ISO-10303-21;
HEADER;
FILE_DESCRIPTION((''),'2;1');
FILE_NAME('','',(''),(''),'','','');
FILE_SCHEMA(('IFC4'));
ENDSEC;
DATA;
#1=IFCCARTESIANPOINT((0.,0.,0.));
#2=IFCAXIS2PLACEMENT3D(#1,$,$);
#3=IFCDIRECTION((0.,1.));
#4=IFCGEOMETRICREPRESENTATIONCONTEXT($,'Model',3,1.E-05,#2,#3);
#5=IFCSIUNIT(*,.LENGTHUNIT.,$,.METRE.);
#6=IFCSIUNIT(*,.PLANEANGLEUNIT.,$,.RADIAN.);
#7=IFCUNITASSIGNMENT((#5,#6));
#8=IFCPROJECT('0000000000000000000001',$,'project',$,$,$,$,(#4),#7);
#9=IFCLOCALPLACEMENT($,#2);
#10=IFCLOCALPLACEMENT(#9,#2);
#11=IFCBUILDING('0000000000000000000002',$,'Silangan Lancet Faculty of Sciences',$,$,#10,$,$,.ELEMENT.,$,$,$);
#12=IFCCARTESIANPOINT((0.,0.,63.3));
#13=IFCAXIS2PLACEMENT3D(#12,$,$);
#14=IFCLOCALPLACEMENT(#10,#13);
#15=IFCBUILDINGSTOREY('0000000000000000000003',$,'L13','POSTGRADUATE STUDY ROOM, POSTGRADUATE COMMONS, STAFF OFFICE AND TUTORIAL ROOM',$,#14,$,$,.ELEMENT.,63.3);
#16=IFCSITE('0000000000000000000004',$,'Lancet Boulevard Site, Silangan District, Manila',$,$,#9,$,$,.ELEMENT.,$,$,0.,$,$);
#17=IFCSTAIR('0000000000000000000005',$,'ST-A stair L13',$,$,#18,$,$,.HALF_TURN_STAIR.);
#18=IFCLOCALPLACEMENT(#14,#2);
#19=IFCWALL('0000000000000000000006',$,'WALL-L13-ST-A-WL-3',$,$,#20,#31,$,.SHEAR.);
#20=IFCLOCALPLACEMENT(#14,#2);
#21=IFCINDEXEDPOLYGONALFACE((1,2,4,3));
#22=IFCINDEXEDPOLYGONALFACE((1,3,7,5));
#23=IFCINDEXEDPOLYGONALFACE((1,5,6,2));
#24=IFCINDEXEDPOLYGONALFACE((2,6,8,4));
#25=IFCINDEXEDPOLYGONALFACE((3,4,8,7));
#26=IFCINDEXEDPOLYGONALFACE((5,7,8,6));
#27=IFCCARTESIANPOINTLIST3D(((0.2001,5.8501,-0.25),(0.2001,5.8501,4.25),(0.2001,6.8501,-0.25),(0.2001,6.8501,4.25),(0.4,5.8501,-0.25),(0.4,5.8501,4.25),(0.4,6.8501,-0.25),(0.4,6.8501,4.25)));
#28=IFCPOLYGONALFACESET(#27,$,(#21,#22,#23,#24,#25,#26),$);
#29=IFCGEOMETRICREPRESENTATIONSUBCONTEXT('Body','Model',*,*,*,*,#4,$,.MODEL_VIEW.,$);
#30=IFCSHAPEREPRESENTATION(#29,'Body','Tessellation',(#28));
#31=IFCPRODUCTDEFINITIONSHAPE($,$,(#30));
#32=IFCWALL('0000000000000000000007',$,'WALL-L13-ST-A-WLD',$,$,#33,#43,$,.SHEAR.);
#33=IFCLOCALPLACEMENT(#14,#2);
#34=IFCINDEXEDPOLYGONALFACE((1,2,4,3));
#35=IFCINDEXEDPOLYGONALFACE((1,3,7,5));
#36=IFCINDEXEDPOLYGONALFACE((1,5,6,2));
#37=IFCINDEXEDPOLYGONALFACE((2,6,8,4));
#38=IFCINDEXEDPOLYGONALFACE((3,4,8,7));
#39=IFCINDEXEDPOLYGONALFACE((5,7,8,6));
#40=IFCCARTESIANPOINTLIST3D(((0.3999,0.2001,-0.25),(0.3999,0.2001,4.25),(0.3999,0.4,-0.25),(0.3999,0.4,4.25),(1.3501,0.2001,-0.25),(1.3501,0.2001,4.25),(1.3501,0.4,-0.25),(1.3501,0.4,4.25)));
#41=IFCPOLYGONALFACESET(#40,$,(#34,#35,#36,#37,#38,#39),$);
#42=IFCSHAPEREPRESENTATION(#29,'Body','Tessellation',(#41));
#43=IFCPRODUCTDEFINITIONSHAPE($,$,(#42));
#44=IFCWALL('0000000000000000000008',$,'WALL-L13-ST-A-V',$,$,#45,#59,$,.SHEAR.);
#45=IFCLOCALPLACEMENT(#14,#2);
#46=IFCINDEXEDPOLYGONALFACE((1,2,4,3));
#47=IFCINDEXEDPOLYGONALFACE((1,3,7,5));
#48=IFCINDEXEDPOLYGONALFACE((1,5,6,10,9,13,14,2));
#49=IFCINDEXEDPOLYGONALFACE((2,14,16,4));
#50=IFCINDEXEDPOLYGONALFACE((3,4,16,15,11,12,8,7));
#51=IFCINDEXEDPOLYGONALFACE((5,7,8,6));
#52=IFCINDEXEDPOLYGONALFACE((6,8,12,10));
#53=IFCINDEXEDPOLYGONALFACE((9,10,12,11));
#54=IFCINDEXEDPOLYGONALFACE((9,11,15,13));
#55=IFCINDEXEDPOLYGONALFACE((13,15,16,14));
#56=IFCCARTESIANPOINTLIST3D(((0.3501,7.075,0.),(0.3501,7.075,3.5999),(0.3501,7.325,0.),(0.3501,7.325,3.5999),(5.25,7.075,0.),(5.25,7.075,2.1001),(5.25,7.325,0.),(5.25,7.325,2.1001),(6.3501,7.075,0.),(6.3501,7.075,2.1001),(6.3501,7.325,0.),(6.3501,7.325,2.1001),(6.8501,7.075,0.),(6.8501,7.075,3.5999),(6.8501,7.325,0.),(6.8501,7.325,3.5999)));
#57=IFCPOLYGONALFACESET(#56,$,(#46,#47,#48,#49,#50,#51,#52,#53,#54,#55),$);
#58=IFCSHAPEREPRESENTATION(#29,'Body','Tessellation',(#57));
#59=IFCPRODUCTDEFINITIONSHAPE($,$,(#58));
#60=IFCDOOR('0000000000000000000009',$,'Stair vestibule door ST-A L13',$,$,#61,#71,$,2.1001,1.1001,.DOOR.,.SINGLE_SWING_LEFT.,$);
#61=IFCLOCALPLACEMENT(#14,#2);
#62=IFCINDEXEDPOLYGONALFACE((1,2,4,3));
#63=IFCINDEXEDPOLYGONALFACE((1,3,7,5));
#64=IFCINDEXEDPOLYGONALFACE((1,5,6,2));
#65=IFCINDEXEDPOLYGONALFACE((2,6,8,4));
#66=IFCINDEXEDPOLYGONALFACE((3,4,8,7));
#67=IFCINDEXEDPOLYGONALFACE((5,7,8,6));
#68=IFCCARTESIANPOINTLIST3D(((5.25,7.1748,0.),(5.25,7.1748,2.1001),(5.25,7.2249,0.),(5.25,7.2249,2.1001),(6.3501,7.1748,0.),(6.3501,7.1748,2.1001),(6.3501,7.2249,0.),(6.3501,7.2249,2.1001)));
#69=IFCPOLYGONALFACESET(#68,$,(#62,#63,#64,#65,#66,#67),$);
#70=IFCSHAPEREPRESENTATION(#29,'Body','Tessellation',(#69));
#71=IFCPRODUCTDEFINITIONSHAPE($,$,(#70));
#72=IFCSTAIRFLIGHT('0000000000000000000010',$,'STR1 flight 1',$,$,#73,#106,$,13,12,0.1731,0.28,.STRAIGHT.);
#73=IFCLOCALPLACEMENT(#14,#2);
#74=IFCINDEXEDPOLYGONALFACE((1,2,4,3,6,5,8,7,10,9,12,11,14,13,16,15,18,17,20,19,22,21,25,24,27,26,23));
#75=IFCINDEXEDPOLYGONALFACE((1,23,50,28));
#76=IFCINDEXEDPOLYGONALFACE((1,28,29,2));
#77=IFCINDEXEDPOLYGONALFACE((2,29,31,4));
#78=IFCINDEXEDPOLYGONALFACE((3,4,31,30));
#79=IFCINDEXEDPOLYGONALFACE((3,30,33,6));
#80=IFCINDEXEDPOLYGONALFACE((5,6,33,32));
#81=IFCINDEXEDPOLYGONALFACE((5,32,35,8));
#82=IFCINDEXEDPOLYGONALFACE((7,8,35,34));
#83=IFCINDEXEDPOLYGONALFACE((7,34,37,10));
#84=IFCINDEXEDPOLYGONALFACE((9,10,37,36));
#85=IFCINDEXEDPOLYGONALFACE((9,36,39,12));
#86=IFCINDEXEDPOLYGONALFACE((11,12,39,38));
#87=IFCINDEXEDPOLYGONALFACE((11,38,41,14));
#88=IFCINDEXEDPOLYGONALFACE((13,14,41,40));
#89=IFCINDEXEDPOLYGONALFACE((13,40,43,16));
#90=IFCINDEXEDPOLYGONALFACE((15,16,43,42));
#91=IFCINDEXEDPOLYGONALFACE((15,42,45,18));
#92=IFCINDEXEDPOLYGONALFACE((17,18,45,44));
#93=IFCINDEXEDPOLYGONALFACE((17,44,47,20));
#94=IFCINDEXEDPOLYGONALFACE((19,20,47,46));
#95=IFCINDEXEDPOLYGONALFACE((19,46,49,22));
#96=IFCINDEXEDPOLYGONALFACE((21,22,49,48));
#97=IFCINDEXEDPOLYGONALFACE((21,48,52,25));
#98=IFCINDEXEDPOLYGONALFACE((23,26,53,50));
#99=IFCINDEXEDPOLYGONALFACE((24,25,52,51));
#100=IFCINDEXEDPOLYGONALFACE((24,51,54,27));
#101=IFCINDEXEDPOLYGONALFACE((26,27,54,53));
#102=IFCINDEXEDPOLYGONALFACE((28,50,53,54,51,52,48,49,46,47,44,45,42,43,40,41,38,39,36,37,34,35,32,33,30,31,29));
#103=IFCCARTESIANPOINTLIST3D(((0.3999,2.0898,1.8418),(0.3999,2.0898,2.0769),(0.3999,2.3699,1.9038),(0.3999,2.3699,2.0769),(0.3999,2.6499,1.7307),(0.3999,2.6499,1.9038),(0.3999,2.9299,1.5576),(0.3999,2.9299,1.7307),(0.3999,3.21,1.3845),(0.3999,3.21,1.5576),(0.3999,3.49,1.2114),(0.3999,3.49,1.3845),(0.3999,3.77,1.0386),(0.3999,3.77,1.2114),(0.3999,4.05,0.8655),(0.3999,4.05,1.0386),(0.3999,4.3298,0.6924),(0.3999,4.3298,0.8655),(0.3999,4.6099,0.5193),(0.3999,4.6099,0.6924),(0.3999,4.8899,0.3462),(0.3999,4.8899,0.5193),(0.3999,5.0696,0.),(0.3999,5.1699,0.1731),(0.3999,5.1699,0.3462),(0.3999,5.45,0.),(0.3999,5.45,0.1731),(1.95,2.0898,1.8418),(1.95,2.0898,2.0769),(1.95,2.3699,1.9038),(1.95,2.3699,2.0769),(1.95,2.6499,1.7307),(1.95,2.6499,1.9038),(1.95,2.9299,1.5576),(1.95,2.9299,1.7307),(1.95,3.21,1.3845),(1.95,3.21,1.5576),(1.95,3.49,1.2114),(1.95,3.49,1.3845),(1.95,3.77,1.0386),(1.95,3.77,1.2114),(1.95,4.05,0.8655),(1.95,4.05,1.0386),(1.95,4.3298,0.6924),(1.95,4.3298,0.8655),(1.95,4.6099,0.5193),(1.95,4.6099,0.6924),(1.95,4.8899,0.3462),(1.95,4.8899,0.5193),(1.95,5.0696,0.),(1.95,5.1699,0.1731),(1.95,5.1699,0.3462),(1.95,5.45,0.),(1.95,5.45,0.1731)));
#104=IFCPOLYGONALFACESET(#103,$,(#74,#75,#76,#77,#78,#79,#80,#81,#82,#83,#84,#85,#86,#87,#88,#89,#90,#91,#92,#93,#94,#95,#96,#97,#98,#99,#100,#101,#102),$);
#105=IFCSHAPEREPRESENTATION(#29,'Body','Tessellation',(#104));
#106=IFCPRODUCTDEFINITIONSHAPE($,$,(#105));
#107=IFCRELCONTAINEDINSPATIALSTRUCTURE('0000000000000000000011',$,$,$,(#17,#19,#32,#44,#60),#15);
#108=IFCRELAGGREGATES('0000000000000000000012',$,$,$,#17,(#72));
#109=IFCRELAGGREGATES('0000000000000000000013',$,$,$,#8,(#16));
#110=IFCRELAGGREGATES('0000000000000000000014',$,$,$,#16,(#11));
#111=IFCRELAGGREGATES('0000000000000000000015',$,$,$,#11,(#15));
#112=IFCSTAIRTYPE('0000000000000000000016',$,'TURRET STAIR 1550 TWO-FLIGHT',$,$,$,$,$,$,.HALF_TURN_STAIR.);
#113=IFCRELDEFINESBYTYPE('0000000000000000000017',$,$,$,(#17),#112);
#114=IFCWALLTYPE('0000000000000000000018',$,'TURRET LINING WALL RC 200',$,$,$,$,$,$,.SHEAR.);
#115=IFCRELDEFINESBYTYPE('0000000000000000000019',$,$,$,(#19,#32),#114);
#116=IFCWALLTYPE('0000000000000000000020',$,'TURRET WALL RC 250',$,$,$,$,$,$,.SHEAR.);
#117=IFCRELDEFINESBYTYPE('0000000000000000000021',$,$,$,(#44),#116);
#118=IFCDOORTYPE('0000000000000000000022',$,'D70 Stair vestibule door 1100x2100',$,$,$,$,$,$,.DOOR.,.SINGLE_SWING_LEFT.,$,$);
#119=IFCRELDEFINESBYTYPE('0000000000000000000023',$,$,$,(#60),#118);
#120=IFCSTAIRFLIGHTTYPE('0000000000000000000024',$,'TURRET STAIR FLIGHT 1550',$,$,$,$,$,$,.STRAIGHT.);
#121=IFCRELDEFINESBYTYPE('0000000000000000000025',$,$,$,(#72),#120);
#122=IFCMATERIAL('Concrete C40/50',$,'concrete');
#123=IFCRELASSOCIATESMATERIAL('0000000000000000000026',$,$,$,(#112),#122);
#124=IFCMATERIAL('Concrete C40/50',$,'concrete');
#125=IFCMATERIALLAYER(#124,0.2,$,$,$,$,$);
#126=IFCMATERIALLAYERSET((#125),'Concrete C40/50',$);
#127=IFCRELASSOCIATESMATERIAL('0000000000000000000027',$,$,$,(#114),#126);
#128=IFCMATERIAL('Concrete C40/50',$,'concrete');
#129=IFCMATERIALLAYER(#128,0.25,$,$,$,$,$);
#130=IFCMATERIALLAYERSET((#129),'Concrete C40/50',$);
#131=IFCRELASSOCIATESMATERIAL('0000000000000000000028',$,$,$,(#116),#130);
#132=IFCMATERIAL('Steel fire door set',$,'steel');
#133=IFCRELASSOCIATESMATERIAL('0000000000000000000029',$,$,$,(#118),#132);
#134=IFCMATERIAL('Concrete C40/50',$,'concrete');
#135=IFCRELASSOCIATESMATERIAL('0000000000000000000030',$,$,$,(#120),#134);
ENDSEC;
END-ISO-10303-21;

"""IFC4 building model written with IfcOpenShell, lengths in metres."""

from ifc_helpers import new_model, si_unit, direction, frame, frame_2d, origin, place, context, subcontext, project, spatial, polyline, rectangle, outline, extrude, material, layer, layer_set, type_object, element, fill, aggregate, save


model = new_model("IFC4")

# Units and contexts
model_context = context("Model", 3, precision=1e-05, world=origin(), true_north=direction((0.0, 1.0)))
body_context = subcontext(model_context, "Body", "Model", "MODEL_VIEW")
ifc_project = project(units=[si_unit("LENGTHUNIT", "METRE"), si_unit("PLANEANGLEUNIT", "RADIAN")], contexts=[model_context])

# Site, building, storey
site_placement = place(None, origin())
site = spatial("IfcSite", under=ifc_project, at=site_placement, Name="Lancet Boulevard Site, Silangan District, Manila", CompositionType="ELEMENT", RefElevation=0.0)
building_placement = place(site_placement, origin())
building = spatial("IfcBuilding", under=site, at=building_placement, Name="Silangan Lancet Faculty of Sciences", CompositionType="ELEMENT")
storey_placement = place(building_placement, frame((0.0, 0.0, 63.3)))
storey = spatial("IfcBuildingStorey", under=building, at=storey_placement, Name="L13", Description="POSTGRADUATE STUDY ROOM, POSTGRADUATE COMMONS, STAFF OFFICE AND TUTORIAL ROOM", CompositionType="ELEMENT", Elevation=63.3)

# Stair
ifc_material_1 = material(Name="Concrete C40/50", Category="concrete")
stair_type = type_object("IfcStairType", Name="TURRET STAIR 1550 TWO-FLIGHT", PredefinedType="HALF_TURN_STAIR", material=ifc_material_1)
stair_1_placement = place(storey_placement, origin())
stair_1 = element("IfcStair", 1, at=stair_1_placement, inside=storey, type_object=stair_type, Name="ST-A stair L13", PredefinedType="HALF_TURN_STAIR")

# Walls
ifc_material_2 = material(Name="Concrete C40/50", Category="concrete")
ifc_layer_1 = layer(ifc_material_2, 0.2)
ifc_layer_set_1 = layer_set([ifc_layer_1], Name="Concrete C40/50")
wall_type_1 = type_object("IfcWallType", Name="TURRET LINING WALL RC 200", PredefinedType="SHEAR", material=ifc_layer_set_1)
wall_1_placement = place(storey_placement, frame((0.3, 5.8501, -0.25), z_axis=(0.0, 0.0, 1.0), x_axis=(0.0, 1.0, 0.0)))
element("IfcWall", 2, at=wall_1_placement, inside=storey, type_object=wall_type_1, Name="WALL-L13-ST-A-WL-3", PredefinedType="SHEAR", context=body_context, shape_type="SweptSolid", body=[
    extrude(rectangle(XDim=1.0, YDim=0.2, at=frame_2d((0.5, 0.0))), origin(), (0.0, 0.0, 1.0), 4.5),
])
wall_2_placement = place(storey_placement, frame((0.3999, 0.3, -0.25), z_axis=(0.0, 0.0, 1.0), x_axis=(1.0, 0.0, 0.0)))
element("IfcWall", 3, at=wall_2_placement, inside=storey, type_object=wall_type_1, Name="WALL-L13-ST-A-WLD", PredefinedType="SHEAR", context=body_context, shape_type="SweptSolid", body=[
    extrude(rectangle(XDim=0.9502, YDim=0.2, at=frame_2d((0.4751, 0.0))), origin(), (0.0, 0.0, 1.0), 4.5),
])

# Wall, opening, door
ifc_material_3 = material(Name="Concrete C40/50", Category="concrete")
ifc_layer_2 = layer(ifc_material_3, 0.25)
ifc_layer_set_2 = layer_set([ifc_layer_2], Name="Concrete C40/50")
wall_type_2 = type_object("IfcWallType", Name="TURRET WALL RC 250", PredefinedType="SHEAR", material=ifc_layer_set_2)
wall_3_placement = place(storey_placement, frame((0.3501, 7.2, 0.0), z_axis=(0.0, 0.0, 1.0), x_axis=(1.0, 0.0, 0.0)))
wall_3 = element("IfcWall", 4, at=wall_3_placement, inside=storey, type_object=wall_type_2, Name="WALL-L13-ST-A-V", PredefinedType="SHEAR", context=body_context, shape_type="SweptSolid", body=[
    extrude(rectangle(XDim=6.5, YDim=0.25, at=frame_2d((3.25, 0.0))), origin(), (0.0, 0.0, 1.0), 3.5999),
])
opening_1_placement = place(wall_3_placement, frame((4.8999, 0.0, 0.0)))
opening_1 = element("IfcOpeningElement", 5, at=opening_1_placement, cuts=wall_3, PredefinedType="OPENING", context=body_context, shape_type="SweptSolid", body=[
    extrude(rectangle(XDim=1.1001, YDim=2.1001, at=frame_2d((0.55, 1.05))), frame((0.0, 0.135, 0.0), z_axis=(0.0, -1.0, 0.0), x_axis=(1.0, 0.0, 0.0)), (0.0, 0.0, 1.0), 0.27),
])
ifc_material_4 = material(Name="Steel fire door set", Category="steel")
door_type = type_object("IfcDoorType", Name="D70 Stair vestibule door 1100x2100", OperationType="SINGLE_SWING_LEFT", PredefinedType="DOOR", material=ifc_material_4)
door_placement = place(opening_1_placement, frame((1.1001, 0.0, 0.0), z_axis=(0.0, 0.0, 1.0), x_axis=(-1.0, 0.0, 0.0)))
door = element("IfcDoor", 6, at=door_placement, inside=storey, type_object=door_type, Name="Stair vestibule door ST-A L13", OperationType="SINGLE_SWING_LEFT", OverallHeight=2.1001, OverallWidth=1.1001, PredefinedType="DOOR", context=body_context, shape_type="SweptSolid", body=[
    extrude(rectangle(XDim=1.1001, YDim=2.1001, at=frame_2d((0.55, 1.05))), frame((0.0, 0.0251, 0.0), z_axis=(0.0, -1.0, 0.0), x_axis=(1.0, 0.0, 0.0)), (0.0, 0.0, 1.0), 0.05),
])
fill(opening_1, door)

# Stair flight
ifc_material_5 = material(Name="Concrete C40/50", Category="concrete")
stair_flight_type = type_object("IfcStairFlightType", Name="TURRET STAIR FLIGHT 1550", PredefinedType="STRAIGHT", material=ifc_material_5)
stair_flight_placement = place(storey_placement, frame((1.175, 5.45, 0.0), z_axis=(0.0, 0.0, 1.0), x_axis=(0.0, -1.0, 0.0)))
stair_flight = element("IfcStairFlight", 7, at=stair_flight_placement, type_object=stair_flight_type, Name="STR1 flight 1", NumberOfRisers=13, NumberOfTreads=12, PredefinedType="STRAIGHT", RiserHeight=0.1731, TreadLength=0.28, context=body_context, shape_type="SweptSolid", body=[
    extrude(outline(polyline([(0.0, 0.0), (0.0, 0.1731), (0.28, 0.1731), (0.28, 0.3462), (0.5601, 0.3462), (0.5601, 0.5193), (0.8401, 0.5193), (0.8401, 0.6924), (1.1201, 0.6924), (1.1201, 0.8655), (1.3999, 0.8655), (1.3999, 1.0386), (1.6799, 1.0386), (1.6799, 1.2114), (1.96, 1.2114), (1.96, 1.3845), (2.24, 1.3845), (2.24, 1.5576), (2.52, 1.5576), (2.52, 1.7307), (2.8, 1.7307), (2.8, 1.9038), (3.0801, 1.9038), (3.0801, 2.0769), (3.3601, 2.0769), (3.3601, 2.25), (3.3601, 1.8418), (0.3804, 0.0), (0.0, 0.0)])), frame((0.0, 0.7749, 0.0), z_axis=(0.0, -1.0, 0.0), x_axis=(1.0, 0.0, 0.0)), (0.0, 0.0, 1.0), 1.55),
])
aggregate(stair_1, [stair_flight])

save(model, "model.ifc")
